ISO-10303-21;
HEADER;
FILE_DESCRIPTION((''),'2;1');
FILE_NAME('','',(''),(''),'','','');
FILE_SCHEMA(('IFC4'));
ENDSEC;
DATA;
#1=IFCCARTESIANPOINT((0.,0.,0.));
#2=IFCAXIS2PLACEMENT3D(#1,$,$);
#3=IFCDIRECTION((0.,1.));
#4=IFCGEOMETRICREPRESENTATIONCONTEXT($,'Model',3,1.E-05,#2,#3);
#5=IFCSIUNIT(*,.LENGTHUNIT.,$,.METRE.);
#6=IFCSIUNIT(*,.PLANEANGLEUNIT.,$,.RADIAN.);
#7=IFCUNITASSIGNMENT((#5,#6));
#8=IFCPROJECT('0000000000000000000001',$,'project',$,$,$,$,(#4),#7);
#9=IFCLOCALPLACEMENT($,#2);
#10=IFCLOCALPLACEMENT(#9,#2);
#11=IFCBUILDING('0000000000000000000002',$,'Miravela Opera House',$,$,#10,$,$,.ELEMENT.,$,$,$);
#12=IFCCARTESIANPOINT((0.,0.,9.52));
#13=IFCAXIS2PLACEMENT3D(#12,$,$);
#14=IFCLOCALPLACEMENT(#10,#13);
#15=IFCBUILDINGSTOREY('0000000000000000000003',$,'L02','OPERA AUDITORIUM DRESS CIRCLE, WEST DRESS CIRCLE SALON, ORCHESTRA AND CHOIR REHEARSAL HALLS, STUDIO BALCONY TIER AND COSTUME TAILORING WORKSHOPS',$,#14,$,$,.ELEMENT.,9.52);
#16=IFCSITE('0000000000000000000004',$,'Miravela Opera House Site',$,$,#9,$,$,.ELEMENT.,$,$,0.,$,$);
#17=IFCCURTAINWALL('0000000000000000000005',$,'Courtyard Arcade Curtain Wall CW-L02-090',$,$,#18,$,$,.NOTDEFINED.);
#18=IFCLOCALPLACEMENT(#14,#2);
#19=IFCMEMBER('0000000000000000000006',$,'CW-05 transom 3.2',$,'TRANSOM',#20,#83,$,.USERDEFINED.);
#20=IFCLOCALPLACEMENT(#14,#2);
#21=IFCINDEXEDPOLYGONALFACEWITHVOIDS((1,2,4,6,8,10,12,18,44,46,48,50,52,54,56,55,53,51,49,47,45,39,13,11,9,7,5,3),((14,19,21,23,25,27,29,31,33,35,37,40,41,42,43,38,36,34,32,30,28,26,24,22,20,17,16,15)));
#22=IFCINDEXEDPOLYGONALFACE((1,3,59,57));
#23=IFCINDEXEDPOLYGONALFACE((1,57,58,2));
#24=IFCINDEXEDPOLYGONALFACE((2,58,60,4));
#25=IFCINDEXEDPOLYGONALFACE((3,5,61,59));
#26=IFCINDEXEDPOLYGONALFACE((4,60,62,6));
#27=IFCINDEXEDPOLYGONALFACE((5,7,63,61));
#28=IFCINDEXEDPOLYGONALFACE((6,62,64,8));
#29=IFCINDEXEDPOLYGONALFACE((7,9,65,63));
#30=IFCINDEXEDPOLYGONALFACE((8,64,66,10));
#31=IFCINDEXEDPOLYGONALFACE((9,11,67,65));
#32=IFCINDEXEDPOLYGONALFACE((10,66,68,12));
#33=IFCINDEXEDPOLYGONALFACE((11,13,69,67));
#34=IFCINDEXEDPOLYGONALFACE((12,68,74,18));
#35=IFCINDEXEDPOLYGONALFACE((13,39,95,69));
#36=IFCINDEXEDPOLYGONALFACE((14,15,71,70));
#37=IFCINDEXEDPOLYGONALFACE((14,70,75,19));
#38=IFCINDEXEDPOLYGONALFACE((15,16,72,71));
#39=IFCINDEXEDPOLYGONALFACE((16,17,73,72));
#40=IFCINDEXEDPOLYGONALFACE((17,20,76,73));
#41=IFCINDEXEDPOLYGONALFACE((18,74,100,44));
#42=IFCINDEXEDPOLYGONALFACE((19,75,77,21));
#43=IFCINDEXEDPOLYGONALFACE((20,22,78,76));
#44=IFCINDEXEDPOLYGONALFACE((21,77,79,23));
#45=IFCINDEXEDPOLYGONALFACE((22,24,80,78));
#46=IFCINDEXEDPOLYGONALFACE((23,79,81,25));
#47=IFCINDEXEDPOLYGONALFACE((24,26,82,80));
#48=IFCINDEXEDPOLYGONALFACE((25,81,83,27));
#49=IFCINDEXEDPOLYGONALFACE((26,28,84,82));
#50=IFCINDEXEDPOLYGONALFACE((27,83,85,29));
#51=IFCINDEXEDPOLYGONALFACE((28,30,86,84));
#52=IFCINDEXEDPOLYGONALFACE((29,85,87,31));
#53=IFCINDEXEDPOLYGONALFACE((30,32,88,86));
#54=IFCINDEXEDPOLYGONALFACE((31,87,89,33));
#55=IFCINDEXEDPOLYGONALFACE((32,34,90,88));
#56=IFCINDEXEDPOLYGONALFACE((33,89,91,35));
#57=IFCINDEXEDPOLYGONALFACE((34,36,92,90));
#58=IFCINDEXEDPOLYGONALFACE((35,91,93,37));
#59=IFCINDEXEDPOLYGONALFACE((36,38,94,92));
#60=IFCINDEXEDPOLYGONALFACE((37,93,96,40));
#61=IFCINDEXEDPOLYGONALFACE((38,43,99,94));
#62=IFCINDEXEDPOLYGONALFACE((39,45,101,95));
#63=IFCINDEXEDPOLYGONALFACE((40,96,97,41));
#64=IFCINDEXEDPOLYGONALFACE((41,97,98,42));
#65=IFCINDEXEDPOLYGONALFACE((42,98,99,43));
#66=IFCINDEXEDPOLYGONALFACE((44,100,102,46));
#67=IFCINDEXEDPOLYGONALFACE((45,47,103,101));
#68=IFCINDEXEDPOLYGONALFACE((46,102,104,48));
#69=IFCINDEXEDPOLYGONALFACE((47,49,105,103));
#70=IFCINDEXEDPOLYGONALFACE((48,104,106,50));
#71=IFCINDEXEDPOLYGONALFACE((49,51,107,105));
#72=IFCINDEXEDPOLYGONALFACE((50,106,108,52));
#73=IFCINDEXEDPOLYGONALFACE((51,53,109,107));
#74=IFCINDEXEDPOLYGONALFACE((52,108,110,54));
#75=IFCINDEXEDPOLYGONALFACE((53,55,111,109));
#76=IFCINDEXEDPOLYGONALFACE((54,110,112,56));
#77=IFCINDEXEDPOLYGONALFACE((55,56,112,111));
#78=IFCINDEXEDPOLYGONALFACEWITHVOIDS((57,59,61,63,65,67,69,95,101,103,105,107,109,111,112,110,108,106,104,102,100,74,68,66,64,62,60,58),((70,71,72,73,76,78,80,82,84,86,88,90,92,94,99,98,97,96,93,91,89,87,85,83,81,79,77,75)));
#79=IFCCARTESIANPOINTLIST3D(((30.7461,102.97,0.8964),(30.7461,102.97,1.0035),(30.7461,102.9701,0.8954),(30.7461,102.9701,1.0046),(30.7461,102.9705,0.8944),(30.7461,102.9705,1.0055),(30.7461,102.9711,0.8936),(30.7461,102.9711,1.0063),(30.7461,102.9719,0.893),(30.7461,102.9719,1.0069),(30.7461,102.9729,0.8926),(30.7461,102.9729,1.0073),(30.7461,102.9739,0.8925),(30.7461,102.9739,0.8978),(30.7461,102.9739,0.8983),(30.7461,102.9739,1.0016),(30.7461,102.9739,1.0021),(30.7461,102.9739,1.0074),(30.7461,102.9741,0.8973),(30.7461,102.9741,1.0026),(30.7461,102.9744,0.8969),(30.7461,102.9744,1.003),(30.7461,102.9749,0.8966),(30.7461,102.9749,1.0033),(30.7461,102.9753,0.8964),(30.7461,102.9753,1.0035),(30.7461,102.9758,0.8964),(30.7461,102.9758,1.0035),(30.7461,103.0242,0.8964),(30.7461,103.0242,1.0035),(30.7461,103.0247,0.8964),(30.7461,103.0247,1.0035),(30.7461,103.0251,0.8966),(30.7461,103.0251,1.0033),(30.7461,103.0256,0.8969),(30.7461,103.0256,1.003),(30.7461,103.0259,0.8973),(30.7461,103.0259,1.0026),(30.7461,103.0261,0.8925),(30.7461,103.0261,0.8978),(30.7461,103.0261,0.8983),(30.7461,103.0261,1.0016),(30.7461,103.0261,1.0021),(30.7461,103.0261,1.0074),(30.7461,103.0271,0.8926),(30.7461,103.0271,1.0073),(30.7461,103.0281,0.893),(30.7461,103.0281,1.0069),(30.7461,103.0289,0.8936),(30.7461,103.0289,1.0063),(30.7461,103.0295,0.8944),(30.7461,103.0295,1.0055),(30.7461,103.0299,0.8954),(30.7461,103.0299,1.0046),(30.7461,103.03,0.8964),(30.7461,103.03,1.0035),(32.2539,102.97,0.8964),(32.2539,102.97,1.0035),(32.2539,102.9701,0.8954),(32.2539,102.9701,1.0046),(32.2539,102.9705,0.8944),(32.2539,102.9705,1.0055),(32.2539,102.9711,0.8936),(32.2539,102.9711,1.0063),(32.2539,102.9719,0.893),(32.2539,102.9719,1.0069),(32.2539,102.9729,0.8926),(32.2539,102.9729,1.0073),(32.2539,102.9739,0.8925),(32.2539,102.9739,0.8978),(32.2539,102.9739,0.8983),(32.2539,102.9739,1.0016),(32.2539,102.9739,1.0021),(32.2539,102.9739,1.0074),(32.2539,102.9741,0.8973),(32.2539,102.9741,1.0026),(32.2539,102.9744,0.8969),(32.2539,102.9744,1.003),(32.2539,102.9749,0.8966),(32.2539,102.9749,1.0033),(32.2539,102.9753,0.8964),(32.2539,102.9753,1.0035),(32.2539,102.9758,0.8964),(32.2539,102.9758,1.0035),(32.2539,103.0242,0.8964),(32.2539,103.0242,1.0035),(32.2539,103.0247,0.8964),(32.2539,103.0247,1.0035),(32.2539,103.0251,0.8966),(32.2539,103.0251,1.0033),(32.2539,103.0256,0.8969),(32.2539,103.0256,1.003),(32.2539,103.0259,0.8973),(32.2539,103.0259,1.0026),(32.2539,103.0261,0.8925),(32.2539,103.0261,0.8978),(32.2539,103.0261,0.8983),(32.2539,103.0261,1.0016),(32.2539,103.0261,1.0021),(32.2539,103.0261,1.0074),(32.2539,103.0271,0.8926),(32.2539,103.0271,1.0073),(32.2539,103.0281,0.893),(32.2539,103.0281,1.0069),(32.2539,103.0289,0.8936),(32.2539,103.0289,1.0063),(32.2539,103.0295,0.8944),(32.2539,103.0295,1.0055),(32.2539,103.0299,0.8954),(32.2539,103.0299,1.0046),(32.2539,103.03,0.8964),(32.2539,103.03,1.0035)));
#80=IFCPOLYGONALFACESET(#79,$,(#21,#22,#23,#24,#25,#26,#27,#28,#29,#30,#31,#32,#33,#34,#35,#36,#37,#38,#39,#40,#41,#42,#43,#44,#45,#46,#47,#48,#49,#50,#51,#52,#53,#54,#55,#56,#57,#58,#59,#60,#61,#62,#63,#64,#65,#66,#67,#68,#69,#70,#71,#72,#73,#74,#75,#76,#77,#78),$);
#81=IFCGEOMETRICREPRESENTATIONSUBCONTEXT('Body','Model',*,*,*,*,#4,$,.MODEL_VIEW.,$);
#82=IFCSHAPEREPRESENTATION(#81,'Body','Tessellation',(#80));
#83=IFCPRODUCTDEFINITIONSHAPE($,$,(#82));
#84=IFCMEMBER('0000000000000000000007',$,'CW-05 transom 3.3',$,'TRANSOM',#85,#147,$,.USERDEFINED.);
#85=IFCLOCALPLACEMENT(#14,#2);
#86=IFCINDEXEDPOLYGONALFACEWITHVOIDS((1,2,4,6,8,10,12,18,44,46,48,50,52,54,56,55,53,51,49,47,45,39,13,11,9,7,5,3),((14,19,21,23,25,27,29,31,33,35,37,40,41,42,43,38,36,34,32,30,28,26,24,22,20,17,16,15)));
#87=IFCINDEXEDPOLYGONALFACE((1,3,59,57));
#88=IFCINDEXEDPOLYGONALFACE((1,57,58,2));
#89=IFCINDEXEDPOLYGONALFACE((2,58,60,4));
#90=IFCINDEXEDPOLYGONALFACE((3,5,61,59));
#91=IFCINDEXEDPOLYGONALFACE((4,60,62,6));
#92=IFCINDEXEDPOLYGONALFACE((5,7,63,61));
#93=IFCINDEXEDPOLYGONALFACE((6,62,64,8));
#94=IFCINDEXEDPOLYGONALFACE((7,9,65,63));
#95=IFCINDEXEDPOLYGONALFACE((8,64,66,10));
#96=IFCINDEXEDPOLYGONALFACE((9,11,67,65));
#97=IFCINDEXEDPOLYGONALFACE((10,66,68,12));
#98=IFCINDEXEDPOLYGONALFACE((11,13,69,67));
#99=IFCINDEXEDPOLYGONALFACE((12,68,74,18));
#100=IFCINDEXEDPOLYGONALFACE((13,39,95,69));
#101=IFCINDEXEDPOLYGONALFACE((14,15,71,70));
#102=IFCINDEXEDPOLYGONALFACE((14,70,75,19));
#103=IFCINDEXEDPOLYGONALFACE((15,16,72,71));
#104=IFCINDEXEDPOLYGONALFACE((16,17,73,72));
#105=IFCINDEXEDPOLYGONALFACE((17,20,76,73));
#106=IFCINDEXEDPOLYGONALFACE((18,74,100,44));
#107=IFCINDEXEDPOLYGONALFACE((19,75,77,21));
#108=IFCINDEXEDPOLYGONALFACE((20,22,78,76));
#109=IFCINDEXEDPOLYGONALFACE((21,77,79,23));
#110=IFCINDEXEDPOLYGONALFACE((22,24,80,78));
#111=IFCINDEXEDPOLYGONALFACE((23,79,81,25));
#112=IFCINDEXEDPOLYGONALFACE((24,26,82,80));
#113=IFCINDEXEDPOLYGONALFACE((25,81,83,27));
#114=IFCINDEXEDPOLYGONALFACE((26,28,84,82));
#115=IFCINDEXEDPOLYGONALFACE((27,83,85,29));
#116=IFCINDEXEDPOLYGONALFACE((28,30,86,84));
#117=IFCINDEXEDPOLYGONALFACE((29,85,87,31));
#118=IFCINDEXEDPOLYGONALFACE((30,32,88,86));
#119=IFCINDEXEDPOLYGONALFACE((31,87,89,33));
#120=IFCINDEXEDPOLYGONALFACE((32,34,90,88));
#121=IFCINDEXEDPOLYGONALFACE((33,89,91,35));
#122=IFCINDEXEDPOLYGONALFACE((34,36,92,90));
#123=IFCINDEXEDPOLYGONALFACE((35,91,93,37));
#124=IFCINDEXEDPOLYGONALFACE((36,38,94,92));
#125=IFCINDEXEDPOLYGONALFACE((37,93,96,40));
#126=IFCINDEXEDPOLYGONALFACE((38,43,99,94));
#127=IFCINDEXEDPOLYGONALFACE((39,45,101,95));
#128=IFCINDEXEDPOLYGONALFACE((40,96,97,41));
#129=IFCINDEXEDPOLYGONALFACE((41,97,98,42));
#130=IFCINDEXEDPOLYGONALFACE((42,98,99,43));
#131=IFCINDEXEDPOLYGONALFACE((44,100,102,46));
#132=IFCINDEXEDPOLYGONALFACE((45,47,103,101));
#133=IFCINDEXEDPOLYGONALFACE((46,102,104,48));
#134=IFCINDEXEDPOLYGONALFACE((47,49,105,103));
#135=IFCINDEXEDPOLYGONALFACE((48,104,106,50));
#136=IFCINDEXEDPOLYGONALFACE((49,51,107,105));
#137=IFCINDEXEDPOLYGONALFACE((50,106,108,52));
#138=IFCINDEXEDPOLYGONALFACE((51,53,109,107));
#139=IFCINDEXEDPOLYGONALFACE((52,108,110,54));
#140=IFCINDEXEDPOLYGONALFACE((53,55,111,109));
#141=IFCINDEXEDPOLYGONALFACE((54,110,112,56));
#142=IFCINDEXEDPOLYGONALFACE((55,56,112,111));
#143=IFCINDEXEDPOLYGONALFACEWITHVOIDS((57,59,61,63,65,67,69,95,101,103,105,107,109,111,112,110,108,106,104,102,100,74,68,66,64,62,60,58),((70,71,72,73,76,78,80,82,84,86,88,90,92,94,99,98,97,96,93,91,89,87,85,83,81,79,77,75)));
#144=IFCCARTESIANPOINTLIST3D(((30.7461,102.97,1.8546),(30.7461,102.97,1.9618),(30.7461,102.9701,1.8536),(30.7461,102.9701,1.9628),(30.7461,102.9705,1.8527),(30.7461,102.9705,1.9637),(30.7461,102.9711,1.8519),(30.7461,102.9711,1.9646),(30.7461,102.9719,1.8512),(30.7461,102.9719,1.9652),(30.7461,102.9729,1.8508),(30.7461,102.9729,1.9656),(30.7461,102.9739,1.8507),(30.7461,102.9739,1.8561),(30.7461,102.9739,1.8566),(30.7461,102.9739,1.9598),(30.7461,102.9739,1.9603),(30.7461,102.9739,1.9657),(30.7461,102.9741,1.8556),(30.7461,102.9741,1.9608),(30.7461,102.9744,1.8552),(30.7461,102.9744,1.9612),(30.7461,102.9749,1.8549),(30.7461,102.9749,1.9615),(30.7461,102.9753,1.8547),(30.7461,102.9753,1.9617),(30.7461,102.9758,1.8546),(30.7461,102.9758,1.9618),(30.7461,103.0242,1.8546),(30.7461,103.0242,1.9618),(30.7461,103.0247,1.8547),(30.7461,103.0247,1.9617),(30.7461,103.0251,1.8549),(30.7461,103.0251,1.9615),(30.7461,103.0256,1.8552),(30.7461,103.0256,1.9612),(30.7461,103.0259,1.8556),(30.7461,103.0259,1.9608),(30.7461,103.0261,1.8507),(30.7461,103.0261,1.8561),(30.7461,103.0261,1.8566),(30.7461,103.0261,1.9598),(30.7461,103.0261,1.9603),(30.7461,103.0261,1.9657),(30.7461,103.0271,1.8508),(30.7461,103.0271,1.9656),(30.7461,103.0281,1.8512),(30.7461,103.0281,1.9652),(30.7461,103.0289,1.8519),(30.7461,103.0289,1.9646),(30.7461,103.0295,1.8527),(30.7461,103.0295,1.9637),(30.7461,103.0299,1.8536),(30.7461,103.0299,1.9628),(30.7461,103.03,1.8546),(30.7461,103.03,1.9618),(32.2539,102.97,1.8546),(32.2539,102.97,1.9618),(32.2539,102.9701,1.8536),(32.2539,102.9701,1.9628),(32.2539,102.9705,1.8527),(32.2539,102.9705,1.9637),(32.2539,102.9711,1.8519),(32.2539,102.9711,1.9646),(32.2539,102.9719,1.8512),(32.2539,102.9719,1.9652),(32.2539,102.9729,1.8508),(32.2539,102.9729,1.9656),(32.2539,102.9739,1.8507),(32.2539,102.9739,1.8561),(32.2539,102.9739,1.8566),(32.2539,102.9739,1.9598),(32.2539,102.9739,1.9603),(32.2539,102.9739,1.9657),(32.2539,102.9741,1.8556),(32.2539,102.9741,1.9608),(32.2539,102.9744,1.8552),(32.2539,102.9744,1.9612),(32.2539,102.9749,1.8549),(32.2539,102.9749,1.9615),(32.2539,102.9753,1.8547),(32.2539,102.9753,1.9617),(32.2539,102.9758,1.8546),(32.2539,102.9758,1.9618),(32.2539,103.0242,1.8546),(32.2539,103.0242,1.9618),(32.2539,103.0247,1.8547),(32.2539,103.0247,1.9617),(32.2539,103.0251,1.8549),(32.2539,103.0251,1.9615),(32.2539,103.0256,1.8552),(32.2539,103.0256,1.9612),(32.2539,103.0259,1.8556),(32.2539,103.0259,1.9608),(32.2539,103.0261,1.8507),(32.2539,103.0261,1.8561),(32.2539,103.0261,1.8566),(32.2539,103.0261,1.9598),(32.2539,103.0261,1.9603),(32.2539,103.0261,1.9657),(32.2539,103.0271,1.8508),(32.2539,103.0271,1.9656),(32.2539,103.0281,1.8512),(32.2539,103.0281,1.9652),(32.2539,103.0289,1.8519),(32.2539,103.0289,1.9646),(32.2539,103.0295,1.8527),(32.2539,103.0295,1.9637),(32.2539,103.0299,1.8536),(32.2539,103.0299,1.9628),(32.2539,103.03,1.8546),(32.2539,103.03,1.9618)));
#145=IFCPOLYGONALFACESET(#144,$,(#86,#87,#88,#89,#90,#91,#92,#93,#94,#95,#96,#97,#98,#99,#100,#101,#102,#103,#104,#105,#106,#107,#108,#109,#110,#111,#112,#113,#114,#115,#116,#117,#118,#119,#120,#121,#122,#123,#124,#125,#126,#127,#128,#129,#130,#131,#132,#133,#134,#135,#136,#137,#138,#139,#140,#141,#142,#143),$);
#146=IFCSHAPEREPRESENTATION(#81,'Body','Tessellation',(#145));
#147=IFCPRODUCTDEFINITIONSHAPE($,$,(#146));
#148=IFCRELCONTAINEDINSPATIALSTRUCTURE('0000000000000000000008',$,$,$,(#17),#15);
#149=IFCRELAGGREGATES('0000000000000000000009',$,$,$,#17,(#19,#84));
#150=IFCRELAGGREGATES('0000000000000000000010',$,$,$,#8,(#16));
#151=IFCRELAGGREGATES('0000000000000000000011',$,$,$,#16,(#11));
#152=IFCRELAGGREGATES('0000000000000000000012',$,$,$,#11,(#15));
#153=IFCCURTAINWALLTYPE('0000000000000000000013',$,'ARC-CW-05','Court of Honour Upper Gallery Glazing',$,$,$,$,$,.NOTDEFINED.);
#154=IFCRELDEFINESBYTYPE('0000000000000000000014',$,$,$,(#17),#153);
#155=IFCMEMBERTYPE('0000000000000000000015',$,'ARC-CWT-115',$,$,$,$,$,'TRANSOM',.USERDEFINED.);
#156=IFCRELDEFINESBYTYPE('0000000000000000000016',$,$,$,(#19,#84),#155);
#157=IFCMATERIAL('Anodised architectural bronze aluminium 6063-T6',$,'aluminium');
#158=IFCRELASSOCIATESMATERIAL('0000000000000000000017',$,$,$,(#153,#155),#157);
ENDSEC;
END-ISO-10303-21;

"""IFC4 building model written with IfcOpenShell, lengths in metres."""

from ifc_helpers import new_model, si_unit, direction, frame, origin, origin_2d, place, context, subcontext, project, spatial, hollow_rectangle, extrude, material, material_profile, profile_set, type_object, element, aggregate, save


model = new_model("IFC4")

# Units and contexts
model_context = context("Model", 3, precision=1e-05, world=origin(), true_north=direction((0.0, 1.0)))
body_context = subcontext(model_context, "Body", "Model", "MODEL_VIEW")
ifc_project = project(units=[si_unit("LENGTHUNIT", "METRE"), si_unit("PLANEANGLEUNIT", "RADIAN")], contexts=[model_context])

# Site, building, storey
site_placement = place(None, origin())
site = spatial("IfcSite", under=ifc_project, at=site_placement, Name="Miravela Opera House Site", CompositionType="ELEMENT", RefElevation=0.0)
building_placement = place(site_placement, origin())
building = spatial("IfcBuilding", under=site, at=building_placement, Name="Miravela Opera House", CompositionType="ELEMENT")
storey_placement = place(building_placement, frame((0.0, 0.0, 9.52)))
storey = spatial("IfcBuildingStorey", under=building, at=storey_placement, Name="L02", Description="OPERA AUDITORIUM DRESS CIRCLE, WEST DRESS CIRCLE SALON, ORCHESTRA AND CHOIR REHEARSAL HALLS, STUDIO BALCONY TIER AND COSTUME TAILORING WORKSHOPS", CompositionType="ELEMENT", Elevation=9.52)

# Curtain wall, members
ifc_material_1 = material(Name="Anodised architectural bronze aluminium 6063-T6", Category="aluminium")
curtain_wall_type = type_object("IfcCurtainWallType", Name="ARC-CW-05", Description="Court of Honour Upper Gallery Glazing", PredefinedType="NOTDEFINED", material=ifc_material_1)
curtain_wall_placement = place(storey_placement, origin())
curtain_wall = element("IfcCurtainWall", 1, at=curtain_wall_placement, inside=storey, type_object=curtain_wall_type, Name="Courtyard Arcade Curtain Wall CW-L02-090", PredefinedType="NOTDEFINED")
ifc_material_profile_1 = material_profile(ifc_material_1, hollow_rectangle(XDim=0.0601, YDim=0.115, WallThickness=0.0039, InnerFilletRadius=0.002, OuterFilletRadius=0.0039, at=origin_2d()), Name="CWT-60X115")
ifc_profile_set_1 = profile_set([ifc_material_profile_1])
member_type_1 = type_object("IfcMemberType", Name="ARC-CWT-115", ElementType="TRANSOM", PredefinedType="USERDEFINED", material=ifc_profile_set_1)
member_1_placement = place(storey_placement, frame((30.7461, 103.0, 0.95), z_axis=(1.0, 0.0, 0.0), x_axis=(0.0, 1.0, 0.0)))
member_1 = element("IfcMember", 2, at=member_1_placement, type_object=member_type_1, Name="CW-05 transom 3.2", ObjectType="TRANSOM", PredefinedType="USERDEFINED", context=body_context, shape_type="SweptSolid", body=[
    extrude(hollow_rectangle(XDim=0.0601, YDim=0.115, WallThickness=0.0039, InnerFilletRadius=0.002, OuterFilletRadius=0.0039, at=origin_2d()), origin(), (0.0, 0.0, 1.0), 1.5078),
])
member_2_placement = place(storey_placement, frame((30.7461, 103.0, 1.9082), z_axis=(1.0, 0.0, 0.0), x_axis=(0.0, 1.0, 0.0)))
member_2 = element("IfcMember", 3, at=member_2_placement, type_object=member_type_1, Name="CW-05 transom 3.3", ObjectType="TRANSOM", PredefinedType="USERDEFINED", context=body_context, shape_type="SweptSolid", body=[
    extrude(hollow_rectangle(XDim=0.0601, YDim=0.115, WallThickness=0.0039, InnerFilletRadius=0.002, OuterFilletRadius=0.0039, at=origin_2d()), origin(), (0.0, 0.0, 1.0), 1.5078),
])
aggregate(curtain_wall, [member_1, member_2])

save(model, "model.ifc")
